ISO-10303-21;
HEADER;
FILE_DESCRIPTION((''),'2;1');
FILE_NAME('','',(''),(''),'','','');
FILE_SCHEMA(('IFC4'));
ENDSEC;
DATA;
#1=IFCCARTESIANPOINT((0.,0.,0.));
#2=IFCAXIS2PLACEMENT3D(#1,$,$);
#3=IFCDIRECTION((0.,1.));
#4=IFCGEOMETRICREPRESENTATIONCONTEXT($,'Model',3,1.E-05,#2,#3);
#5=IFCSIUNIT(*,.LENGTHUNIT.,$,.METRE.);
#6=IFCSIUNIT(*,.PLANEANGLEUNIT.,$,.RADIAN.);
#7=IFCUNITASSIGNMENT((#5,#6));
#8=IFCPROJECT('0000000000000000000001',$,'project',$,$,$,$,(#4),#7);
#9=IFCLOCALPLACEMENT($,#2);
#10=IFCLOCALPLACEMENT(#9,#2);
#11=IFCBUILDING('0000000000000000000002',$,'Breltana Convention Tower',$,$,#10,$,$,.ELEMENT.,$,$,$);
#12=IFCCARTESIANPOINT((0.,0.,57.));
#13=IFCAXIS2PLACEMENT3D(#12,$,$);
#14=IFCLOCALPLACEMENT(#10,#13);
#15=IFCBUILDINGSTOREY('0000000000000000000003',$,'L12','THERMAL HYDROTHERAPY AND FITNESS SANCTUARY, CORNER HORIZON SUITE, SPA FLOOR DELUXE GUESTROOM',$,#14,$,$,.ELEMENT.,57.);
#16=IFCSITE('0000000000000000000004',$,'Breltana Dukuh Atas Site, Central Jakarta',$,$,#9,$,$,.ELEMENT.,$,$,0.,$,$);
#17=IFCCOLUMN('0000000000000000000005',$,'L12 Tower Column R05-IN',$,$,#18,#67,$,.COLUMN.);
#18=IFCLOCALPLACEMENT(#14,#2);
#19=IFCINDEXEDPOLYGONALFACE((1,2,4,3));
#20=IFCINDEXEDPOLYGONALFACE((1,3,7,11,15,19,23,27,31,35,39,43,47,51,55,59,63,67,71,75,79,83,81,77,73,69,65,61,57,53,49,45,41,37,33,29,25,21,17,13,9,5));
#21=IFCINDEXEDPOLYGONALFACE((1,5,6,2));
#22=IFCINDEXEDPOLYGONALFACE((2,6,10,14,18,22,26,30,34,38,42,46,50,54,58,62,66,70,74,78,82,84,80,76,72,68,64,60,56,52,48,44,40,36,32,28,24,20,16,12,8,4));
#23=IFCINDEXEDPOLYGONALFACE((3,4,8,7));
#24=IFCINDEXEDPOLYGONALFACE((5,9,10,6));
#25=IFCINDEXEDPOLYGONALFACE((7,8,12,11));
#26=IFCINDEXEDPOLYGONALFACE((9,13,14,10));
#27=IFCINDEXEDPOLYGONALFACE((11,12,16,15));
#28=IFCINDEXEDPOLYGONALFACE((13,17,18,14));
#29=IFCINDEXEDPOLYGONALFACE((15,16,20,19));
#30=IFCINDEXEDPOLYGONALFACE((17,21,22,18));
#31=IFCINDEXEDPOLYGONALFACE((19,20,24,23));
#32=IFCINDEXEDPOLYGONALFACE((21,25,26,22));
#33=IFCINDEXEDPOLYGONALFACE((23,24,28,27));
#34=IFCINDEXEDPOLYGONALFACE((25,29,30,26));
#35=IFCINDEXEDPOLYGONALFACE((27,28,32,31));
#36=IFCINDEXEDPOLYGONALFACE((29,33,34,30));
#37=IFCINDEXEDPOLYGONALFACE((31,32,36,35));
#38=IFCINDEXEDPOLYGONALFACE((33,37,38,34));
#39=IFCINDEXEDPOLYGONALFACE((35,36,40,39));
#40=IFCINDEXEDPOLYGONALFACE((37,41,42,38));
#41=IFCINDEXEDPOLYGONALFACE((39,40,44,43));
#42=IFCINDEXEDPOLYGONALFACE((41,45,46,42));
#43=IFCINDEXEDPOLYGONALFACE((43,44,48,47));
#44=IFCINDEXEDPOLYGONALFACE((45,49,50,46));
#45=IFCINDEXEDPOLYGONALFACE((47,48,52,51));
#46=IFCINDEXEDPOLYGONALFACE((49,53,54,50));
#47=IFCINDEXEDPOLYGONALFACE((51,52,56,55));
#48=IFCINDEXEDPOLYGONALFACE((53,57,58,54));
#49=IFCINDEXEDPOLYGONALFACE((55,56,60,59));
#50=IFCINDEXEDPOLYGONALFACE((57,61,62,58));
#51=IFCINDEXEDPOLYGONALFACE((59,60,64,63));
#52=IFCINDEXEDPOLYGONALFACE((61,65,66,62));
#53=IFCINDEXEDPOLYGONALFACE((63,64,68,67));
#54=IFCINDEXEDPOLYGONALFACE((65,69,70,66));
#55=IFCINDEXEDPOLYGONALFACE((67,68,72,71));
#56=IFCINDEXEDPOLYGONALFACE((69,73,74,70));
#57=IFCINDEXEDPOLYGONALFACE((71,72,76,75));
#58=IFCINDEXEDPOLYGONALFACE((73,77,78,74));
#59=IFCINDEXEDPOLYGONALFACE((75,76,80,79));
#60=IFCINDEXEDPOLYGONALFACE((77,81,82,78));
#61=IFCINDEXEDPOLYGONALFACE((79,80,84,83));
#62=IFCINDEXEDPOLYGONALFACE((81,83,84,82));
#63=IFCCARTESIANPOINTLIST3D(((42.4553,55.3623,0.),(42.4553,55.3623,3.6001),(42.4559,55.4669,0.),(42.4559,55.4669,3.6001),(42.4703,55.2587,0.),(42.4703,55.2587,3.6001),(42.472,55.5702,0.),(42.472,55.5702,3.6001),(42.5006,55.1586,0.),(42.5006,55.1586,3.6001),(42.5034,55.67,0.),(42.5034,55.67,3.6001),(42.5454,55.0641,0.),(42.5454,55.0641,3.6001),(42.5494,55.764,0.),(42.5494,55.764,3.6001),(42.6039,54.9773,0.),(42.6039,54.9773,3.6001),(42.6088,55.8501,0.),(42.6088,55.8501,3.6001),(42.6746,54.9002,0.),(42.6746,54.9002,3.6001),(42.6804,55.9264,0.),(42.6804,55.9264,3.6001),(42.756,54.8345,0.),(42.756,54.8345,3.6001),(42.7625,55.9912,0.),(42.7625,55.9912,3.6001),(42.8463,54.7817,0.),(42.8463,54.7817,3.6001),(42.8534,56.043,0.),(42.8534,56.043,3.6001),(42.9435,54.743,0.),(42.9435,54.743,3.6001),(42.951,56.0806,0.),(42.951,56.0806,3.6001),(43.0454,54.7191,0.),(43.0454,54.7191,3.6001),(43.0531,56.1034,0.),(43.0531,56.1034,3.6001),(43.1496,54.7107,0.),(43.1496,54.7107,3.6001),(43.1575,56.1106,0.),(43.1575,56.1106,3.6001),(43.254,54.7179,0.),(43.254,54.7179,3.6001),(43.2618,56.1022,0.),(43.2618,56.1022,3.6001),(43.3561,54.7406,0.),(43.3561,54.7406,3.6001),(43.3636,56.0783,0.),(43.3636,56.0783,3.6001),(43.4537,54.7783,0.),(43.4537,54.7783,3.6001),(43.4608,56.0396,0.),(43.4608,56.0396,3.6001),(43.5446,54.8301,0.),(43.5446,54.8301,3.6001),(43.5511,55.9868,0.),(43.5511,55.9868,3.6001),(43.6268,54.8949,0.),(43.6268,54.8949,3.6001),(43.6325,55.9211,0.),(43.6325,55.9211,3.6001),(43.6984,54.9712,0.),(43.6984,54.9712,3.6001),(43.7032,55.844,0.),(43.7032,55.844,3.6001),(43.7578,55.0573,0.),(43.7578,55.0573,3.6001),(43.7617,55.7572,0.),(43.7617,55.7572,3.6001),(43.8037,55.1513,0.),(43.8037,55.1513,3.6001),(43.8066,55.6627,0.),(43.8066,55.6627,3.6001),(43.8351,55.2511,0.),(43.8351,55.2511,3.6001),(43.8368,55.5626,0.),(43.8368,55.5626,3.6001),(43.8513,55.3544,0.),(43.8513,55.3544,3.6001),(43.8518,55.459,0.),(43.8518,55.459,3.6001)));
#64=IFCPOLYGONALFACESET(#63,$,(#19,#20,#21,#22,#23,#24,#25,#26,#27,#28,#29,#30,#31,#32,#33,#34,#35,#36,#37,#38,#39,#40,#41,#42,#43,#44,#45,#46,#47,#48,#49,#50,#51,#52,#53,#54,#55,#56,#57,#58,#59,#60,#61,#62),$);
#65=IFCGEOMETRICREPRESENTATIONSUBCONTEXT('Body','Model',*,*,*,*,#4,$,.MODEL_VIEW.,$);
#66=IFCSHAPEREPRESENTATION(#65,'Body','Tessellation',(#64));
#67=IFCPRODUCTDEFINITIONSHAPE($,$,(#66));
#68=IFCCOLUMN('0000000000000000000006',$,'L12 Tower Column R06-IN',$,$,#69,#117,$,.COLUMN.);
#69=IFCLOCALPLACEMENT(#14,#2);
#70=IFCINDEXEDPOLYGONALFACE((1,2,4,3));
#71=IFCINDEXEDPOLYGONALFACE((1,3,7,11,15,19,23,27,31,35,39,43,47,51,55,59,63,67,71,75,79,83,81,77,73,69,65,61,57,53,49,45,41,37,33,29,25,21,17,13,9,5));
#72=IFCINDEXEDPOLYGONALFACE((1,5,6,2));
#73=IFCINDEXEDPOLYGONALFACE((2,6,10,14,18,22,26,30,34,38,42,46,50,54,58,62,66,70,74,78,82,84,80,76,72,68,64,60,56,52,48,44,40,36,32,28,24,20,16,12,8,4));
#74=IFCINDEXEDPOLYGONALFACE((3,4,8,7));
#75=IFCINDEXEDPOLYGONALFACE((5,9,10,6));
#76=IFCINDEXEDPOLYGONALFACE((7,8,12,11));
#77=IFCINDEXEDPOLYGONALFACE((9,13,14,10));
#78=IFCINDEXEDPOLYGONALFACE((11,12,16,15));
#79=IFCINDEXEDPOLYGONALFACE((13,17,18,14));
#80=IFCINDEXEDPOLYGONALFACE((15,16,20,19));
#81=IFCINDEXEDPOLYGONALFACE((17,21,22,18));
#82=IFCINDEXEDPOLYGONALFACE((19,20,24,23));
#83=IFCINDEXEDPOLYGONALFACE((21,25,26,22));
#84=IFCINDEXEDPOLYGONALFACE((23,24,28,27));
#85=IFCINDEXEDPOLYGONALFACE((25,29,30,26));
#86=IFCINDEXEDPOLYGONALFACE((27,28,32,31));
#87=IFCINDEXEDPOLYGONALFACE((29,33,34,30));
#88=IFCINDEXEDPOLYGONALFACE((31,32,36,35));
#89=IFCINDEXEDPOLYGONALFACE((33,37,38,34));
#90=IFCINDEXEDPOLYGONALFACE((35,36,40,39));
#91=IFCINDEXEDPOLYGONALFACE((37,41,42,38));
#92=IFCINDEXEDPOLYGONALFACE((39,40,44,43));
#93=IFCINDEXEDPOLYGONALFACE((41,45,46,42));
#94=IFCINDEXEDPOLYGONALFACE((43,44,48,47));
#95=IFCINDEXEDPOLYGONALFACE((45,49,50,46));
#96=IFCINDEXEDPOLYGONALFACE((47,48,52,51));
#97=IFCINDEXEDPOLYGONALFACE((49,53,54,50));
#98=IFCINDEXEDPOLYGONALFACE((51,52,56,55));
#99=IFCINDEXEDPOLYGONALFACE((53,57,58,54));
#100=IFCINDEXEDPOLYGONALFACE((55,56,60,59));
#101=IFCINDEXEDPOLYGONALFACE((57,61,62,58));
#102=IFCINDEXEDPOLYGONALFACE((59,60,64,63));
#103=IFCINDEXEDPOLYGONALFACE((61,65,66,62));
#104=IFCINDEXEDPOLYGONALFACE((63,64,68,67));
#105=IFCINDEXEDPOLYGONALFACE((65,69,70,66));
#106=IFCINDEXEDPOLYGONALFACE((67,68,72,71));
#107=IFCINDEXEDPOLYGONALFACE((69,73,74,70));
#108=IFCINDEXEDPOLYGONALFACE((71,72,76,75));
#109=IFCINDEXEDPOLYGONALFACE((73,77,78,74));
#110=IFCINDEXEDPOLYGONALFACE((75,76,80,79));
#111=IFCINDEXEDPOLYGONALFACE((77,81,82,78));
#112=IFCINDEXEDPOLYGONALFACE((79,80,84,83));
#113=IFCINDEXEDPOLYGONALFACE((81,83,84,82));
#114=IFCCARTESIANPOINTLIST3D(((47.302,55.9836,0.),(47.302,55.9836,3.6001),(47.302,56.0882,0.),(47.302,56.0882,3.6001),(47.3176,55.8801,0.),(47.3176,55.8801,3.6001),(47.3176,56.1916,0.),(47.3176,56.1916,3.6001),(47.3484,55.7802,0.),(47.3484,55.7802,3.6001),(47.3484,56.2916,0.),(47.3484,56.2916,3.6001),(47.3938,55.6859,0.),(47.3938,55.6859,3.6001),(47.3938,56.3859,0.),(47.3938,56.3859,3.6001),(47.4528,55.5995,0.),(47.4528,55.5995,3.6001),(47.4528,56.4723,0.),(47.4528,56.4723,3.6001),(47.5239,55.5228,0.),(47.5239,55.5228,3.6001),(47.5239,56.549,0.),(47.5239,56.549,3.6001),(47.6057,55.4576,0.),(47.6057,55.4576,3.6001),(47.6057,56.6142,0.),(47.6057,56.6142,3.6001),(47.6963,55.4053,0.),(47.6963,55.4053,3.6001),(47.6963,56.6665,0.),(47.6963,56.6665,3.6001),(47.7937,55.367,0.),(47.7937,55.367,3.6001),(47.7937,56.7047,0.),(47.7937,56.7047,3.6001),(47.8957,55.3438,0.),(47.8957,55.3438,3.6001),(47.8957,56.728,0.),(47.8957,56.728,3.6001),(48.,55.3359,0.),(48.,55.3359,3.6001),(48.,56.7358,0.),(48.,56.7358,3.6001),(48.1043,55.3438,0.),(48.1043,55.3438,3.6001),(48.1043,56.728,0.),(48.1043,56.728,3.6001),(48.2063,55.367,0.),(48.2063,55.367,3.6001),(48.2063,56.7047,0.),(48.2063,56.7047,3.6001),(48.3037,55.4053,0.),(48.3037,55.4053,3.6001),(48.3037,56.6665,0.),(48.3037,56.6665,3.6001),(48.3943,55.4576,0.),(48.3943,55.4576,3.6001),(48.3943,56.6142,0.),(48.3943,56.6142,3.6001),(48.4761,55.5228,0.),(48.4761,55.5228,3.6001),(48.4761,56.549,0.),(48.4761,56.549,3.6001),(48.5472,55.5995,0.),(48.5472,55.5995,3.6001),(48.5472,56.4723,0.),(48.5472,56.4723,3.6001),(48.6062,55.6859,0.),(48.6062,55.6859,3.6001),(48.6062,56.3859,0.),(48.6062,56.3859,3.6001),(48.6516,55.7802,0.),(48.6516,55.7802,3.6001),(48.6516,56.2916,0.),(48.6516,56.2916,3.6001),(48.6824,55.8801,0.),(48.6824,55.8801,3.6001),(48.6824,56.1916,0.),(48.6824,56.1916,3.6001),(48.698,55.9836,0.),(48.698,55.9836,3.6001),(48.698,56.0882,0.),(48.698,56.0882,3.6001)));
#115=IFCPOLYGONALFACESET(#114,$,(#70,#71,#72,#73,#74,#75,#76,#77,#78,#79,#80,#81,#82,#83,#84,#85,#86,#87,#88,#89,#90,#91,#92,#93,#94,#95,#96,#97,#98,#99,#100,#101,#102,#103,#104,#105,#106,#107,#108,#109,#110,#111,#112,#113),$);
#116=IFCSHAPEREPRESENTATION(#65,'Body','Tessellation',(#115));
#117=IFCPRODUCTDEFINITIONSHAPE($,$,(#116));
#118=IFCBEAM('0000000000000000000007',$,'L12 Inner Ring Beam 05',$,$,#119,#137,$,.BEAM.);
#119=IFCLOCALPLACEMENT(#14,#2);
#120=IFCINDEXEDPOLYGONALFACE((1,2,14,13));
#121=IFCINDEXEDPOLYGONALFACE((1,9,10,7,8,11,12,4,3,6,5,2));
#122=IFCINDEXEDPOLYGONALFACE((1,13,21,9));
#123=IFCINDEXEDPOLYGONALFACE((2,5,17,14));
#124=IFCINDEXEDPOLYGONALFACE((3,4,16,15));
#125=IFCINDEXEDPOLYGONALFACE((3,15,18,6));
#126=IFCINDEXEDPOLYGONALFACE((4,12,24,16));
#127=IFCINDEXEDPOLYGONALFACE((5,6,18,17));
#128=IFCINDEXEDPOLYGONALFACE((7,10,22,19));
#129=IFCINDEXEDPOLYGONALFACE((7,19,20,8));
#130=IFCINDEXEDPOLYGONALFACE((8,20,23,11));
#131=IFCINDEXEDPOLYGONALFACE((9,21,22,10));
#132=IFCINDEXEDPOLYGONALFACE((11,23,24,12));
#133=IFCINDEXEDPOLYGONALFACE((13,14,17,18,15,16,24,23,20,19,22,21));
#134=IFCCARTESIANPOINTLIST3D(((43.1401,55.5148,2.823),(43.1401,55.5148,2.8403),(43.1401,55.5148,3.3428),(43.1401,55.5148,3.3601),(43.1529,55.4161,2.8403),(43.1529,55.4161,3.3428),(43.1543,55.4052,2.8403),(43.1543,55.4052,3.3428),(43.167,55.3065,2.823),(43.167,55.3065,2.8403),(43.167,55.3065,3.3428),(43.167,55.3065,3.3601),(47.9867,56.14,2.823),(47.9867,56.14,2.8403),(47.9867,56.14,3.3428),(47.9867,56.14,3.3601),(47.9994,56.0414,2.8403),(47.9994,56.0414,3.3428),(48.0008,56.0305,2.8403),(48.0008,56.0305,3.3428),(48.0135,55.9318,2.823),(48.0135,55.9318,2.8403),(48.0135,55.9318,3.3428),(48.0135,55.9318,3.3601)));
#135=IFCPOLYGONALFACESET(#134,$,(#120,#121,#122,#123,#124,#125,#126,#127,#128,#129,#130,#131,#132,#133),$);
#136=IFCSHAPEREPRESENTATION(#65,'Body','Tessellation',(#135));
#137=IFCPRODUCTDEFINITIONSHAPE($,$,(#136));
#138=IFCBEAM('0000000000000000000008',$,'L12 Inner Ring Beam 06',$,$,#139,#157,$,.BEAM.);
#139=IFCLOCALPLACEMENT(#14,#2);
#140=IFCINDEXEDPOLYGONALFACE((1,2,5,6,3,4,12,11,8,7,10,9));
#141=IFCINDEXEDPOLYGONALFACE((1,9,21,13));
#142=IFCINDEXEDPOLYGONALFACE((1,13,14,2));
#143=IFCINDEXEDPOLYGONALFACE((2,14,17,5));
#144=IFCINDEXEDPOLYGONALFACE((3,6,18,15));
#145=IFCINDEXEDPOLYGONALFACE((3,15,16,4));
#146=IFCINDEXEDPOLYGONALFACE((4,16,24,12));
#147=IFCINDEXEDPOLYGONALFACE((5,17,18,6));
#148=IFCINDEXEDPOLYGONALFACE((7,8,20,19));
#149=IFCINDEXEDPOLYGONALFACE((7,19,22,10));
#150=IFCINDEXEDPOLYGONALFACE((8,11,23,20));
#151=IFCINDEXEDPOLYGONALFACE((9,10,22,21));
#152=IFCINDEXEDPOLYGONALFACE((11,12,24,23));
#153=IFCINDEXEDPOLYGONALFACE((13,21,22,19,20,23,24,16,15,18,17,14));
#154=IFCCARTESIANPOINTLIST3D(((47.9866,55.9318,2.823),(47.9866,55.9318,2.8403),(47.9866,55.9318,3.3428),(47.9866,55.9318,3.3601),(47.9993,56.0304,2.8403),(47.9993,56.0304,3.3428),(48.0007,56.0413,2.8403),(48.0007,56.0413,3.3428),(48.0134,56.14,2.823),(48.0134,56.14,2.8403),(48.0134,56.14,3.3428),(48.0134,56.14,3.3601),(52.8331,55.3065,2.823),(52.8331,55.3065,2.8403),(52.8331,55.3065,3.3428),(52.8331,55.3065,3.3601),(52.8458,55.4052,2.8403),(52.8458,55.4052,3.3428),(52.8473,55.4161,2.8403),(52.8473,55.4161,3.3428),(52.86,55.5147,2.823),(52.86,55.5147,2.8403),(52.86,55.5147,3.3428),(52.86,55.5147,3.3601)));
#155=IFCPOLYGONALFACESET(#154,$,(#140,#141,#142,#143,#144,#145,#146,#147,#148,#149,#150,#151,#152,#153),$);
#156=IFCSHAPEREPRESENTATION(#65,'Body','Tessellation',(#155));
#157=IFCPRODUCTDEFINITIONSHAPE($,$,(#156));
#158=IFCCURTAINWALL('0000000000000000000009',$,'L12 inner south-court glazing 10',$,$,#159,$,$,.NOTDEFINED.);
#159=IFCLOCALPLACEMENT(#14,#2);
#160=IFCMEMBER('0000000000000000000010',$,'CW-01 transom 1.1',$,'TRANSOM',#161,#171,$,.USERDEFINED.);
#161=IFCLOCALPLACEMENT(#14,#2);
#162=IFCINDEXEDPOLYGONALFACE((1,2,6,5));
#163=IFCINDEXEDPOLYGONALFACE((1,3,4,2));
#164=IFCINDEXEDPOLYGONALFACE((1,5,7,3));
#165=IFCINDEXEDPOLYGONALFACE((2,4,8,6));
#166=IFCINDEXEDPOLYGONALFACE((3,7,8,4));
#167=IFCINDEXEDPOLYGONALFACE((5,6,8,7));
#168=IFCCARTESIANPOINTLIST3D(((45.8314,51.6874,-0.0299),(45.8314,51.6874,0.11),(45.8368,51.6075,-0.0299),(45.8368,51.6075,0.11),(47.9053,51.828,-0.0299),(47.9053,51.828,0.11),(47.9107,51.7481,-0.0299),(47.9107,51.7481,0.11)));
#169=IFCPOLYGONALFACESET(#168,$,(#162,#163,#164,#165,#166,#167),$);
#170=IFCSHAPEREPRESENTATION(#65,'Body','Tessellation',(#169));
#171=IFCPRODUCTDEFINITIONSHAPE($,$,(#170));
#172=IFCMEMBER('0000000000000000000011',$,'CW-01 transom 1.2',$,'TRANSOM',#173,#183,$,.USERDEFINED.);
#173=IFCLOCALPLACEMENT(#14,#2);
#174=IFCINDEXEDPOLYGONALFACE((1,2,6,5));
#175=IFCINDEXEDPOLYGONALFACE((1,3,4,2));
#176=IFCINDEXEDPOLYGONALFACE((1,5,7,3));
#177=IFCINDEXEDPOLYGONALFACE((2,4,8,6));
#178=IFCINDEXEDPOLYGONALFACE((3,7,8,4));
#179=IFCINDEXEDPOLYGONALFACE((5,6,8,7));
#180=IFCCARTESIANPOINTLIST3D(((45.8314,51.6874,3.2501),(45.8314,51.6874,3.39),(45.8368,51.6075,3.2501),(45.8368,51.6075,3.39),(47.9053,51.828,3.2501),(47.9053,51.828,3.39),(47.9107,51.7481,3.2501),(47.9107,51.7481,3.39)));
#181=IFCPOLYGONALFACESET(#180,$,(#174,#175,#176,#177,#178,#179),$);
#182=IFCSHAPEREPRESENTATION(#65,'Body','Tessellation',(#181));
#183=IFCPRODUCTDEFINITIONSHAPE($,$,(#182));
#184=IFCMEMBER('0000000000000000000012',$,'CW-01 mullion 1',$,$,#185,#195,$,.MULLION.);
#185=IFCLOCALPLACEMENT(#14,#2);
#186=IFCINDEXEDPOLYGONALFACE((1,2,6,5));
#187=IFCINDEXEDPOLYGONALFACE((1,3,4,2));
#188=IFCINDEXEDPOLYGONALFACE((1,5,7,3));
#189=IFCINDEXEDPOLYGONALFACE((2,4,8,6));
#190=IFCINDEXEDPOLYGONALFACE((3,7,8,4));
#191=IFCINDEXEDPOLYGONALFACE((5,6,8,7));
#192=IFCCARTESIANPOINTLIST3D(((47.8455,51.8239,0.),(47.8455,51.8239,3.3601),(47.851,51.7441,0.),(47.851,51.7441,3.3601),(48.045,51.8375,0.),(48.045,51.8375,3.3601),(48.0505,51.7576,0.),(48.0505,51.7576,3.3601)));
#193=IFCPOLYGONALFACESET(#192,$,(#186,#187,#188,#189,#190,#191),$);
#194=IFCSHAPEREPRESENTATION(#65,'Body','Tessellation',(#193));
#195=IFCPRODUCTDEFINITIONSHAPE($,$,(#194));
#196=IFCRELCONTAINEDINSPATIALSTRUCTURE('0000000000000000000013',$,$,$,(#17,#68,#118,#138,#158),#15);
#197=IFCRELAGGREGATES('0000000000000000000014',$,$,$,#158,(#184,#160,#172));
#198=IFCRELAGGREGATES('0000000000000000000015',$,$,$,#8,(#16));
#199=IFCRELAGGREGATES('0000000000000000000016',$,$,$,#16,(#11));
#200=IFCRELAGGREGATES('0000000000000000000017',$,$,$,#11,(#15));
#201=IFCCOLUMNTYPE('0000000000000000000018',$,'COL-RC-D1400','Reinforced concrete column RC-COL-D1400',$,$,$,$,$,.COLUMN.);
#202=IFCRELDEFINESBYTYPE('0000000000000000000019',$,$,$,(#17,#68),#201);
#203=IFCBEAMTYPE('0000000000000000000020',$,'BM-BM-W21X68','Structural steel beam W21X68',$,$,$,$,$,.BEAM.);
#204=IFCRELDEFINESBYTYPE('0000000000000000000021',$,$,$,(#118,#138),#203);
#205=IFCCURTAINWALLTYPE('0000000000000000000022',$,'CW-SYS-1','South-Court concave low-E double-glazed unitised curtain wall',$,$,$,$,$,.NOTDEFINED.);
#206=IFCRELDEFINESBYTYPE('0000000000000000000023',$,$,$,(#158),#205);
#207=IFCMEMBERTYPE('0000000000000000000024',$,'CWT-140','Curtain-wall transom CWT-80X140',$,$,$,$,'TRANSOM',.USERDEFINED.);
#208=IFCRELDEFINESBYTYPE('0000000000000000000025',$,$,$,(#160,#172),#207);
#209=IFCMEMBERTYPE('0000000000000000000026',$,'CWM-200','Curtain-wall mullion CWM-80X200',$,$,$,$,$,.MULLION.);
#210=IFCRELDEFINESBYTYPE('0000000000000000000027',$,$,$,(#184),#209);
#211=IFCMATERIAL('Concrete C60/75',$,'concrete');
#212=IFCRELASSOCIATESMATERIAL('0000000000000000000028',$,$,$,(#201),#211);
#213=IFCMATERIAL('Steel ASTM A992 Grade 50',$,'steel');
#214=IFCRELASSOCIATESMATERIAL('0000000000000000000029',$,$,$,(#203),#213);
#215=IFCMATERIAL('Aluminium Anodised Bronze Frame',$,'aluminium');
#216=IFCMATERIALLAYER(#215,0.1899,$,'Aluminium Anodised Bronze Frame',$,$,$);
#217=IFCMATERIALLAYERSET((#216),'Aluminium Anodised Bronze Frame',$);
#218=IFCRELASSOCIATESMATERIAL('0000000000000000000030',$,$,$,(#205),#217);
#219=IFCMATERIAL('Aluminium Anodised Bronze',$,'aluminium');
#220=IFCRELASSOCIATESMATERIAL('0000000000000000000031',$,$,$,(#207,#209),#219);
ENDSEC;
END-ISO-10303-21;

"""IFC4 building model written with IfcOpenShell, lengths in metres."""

from ifc_helpers import new_model, si_unit, direction, frame, origin, origin_2d, place, context, subcontext, project, spatial, rectangle, circle, i_section, extrude, source, transform, mapped, material, layer, layer_set, material_profile, profile_set, type_object, element, aggregate, save


model = new_model("IFC4")

# Units and contexts
model_context = context("Model", 3, precision=1e-05, world=origin(), true_north=direction((0.0, 1.0)))
body_context = subcontext(model_context, "Body", "Model", "MODEL_VIEW")
ifc_project = project(units=[si_unit("LENGTHUNIT", "METRE"), si_unit("PLANEANGLEUNIT", "RADIAN")], contexts=[model_context])

# Site, building, storey
site_placement = place(None, origin())
site = spatial("IfcSite", under=ifc_project, at=site_placement, Name="Breltana Dukuh Atas Site, Central Jakarta", CompositionType="ELEMENT", RefElevation=0.0)
building_placement = place(site_placement, origin())
building = spatial("IfcBuilding", under=site, at=building_placement, Name="Breltana Convention Tower", CompositionType="ELEMENT")
storey_placement = place(building_placement, frame((0.0, 0.0, 57.0)))
storey = spatial("IfcBuildingStorey", under=building, at=storey_placement, Name="L12", Description="THERMAL HYDROTHERAPY AND FITNESS SANCTUARY, CORNER HORIZON SUITE, SPA FLOOR DELUXE GUESTROOM", CompositionType="ELEMENT", Elevation=57.0)

# Columns
ifc_material_1 = material(Name="Concrete C60/75", Category="concrete")
ifc_material_profile_1 = material_profile(ifc_material_1, circle(Radius=0.7, at=origin_2d()), Name="RC-COL-D1400")
ifc_profile_set_1 = profile_set([ifc_material_profile_1], Name="Concrete C60/75")
column_type = type_object("IfcColumnType", Name="COL-RC-D1400", Description="Reinforced concrete column RC-COL-D1400", PredefinedType="COLUMN", material=ifc_profile_set_1)
shared_shape_1 = source(origin(), body_context, "Body", "SweptSolid", [
    extrude(circle(Radius=0.7, at=origin_2d()), origin(), (0.0, 0.0, 1.0), 3.6001),
])
for number, where, z_axis, x_axis, name in (
    (1, (43.1536, 55.4106, 0.0), (0.0, 0.0, 1.0), (-0.143493, 0.989651, 0.0), "L12 Tower Column R05-IN"),
    (2, (48.0, 56.0359, 0.0), (0.0, 0.0, 1.0), (0.0, 1.0, 0.0), "L12 Tower Column R06-IN"),
):
    element("IfcColumn", number, at=place(storey_placement, frame(where, z_axis=z_axis, x_axis=x_axis)), inside=storey, type_object=column_type, Name=name, PredefinedType="COLUMN", context=body_context, shape_type="MappedRepresentation", body=[
        mapped(shared_shape_1, transform((0.0, 0.0, 0.0), scale=1.0)),
    ])

# Beams
ifc_material_2 = material(Name="Steel ASTM A992 Grade 50", Category="steel")
ifc_material_profile_2 = material_profile(ifc_material_2, i_section(OverallWidth=0.21, OverallDepth=0.5371, WebThickness=0.011, FlangeThickness=0.0173, at=origin_2d()), Name="W21X68")
ifc_profile_set_2 = profile_set([ifc_material_profile_2], Name="Steel ASTM A992 Grade 50")
beam_type = type_object("IfcBeamType", Name="BM-BM-W21X68", Description="Structural steel beam W21X68", PredefinedType="BEAM", material=ifc_profile_set_2)
shared_shape_2 = source(origin(), body_context, "Body", "SweptSolid", [
    extrude(i_section(OverallWidth=0.21, OverallDepth=0.5371, WebThickness=0.011, FlangeThickness=0.0173, at=origin_2d()), origin(), (0.0, 0.0, 1.0), 4.8867),
])
for number, where, z_axis, x_axis, name in (
    (3, (43.1536, 55.4106, 3.0916), (0.991781, 0.127951, 0.0), (-0.127951, 0.991781, 0.0), "L12 Inner Ring Beam 05"),
    (4, (48.0, 56.0359, 3.0916), (0.991781, -0.127951, 0.0), (0.127951, 0.991781, 0.0), "L12 Inner Ring Beam 06"),
):
    element("IfcBeam", number, at=place(storey_placement, frame(where, z_axis=z_axis, x_axis=x_axis)), inside=storey, type_object=beam_type, Name=name, PredefinedType="BEAM", context=body_context, shape_type="MappedRepresentation", body=[
        mapped(shared_shape_2, transform((0.0, 0.0, 0.0), scale=1.0)),
    ])

# Curtain wall, members
ifc_material_3 = material(Name="Aluminium Anodised Bronze Frame", Category="aluminium")
ifc_layer_1 = layer(ifc_material_3, 0.1899, Name="Aluminium Anodised Bronze Frame")
ifc_layer_set_1 = layer_set([ifc_layer_1], Name="Aluminium Anodised Bronze Frame")
curtain_wall_type = type_object("IfcCurtainWallType", Name="CW-SYS-1", Description="South-Court concave low-E double-glazed unitised curtain wall", PredefinedType="NOTDEFINED", material=ifc_layer_set_1)
curtain_wall_1_placement = place(storey_placement, origin())
curtain_wall_1 = element("IfcCurtainWall", 5, at=curtain_wall_1_placement, inside=storey, type_object=curtain_wall_type, Name="L12 inner south-court glazing 10", PredefinedType="NOTDEFINED")
ifc_material_4 = material(Name="Aluminium Anodised Bronze", Category="aluminium")
ifc_material_profile_3 = material_profile(ifc_material_4, rectangle(XDim=0.0801, YDim=0.1399, at=origin_2d()), Name="CWT-80X140")
ifc_profile_set_3 = profile_set([ifc_material_profile_3], Name="Aluminium Anodised Bronze")
member_type_1 = type_object("IfcMemberType", Name="CWT-140", Description="Curtain-wall transom CWT-80X140", ElementType="TRANSOM", PredefinedType="USERDEFINED", material=ifc_profile_set_3)
shared_shape_3 = source(origin(), body_context, "Body", "SweptSolid", [
    extrude(rectangle(XDim=0.0801, YDim=0.1399, at=origin_2d()), origin(), (0.0, 0.0, 1.0), 2.0786),
])
member_1_placement = place(storey_placement, frame((47.908, 51.7881, 0.04), z_axis=(-0.997709, -0.067657, 0.0), x_axis=(0.067657, -0.997709, 0.0)))
member_1 = element("IfcMember", 6, at=member_1_placement, type_object=member_type_1, Name="CW-01 transom 1.1", ObjectType="TRANSOM", PredefinedType="USERDEFINED", context=body_context, shape_type="MappedRepresentation", body=[
    mapped(shared_shape_3, transform((0.0, 0.0, 0.0), scale=1.0)),
])
member_2_placement = place(storey_placement, frame((47.908, 51.7881, 3.3201), z_axis=(-0.997709, -0.067657, 0.0), x_axis=(0.067657, -0.997709, 0.0)))
member_2 = element("IfcMember", 7, at=member_2_placement, type_object=member_type_1, Name="CW-01 transom 1.2", ObjectType="TRANSOM", PredefinedType="USERDEFINED", context=body_context, shape_type="MappedRepresentation", body=[
    mapped(shared_shape_3, transform((0.0, 0.0, 0.0), scale=1.0)),
])
ifc_material_profile_4 = material_profile(ifc_material_4, rectangle(XDim=0.0801, YDim=0.2, at=origin_2d()), Name="CWM-80X200")
ifc_profile_set_4 = profile_set([ifc_material_profile_4], Name="Aluminium Anodised Bronze")
member_type_2 = type_object("IfcMemberType", Name="CWM-200", Description="Curtain-wall mullion CWM-80X200", PredefinedType="MULLION", material=ifc_profile_set_4)
shared_shape_4 = source(origin(), body_context, "Body", "SweptSolid", [
    extrude(rectangle(XDim=0.0801, YDim=0.2, at=origin_2d()), origin(), (0.0, 0.0, 1.0), 3.3601),
])
member_3_placement = place(storey_placement, frame((47.948, 51.7908, 0.0), z_axis=(0.0, 0.0, 1.0), x_axis=(0.067726, -0.997704, 0.0)))
member_3 = element("IfcMember", 8, at=member_3_placement, type_object=member_type_2, Name="CW-01 mullion 1", PredefinedType="MULLION", context=body_context, shape_type="MappedRepresentation", body=[
    mapped(shared_shape_4, transform((0.0, 0.0, 0.0), scale=1.0)),
])

aggregate(curtain_wall_1, [member_3, member_1, member_2])

save(model, "model.ifc")
